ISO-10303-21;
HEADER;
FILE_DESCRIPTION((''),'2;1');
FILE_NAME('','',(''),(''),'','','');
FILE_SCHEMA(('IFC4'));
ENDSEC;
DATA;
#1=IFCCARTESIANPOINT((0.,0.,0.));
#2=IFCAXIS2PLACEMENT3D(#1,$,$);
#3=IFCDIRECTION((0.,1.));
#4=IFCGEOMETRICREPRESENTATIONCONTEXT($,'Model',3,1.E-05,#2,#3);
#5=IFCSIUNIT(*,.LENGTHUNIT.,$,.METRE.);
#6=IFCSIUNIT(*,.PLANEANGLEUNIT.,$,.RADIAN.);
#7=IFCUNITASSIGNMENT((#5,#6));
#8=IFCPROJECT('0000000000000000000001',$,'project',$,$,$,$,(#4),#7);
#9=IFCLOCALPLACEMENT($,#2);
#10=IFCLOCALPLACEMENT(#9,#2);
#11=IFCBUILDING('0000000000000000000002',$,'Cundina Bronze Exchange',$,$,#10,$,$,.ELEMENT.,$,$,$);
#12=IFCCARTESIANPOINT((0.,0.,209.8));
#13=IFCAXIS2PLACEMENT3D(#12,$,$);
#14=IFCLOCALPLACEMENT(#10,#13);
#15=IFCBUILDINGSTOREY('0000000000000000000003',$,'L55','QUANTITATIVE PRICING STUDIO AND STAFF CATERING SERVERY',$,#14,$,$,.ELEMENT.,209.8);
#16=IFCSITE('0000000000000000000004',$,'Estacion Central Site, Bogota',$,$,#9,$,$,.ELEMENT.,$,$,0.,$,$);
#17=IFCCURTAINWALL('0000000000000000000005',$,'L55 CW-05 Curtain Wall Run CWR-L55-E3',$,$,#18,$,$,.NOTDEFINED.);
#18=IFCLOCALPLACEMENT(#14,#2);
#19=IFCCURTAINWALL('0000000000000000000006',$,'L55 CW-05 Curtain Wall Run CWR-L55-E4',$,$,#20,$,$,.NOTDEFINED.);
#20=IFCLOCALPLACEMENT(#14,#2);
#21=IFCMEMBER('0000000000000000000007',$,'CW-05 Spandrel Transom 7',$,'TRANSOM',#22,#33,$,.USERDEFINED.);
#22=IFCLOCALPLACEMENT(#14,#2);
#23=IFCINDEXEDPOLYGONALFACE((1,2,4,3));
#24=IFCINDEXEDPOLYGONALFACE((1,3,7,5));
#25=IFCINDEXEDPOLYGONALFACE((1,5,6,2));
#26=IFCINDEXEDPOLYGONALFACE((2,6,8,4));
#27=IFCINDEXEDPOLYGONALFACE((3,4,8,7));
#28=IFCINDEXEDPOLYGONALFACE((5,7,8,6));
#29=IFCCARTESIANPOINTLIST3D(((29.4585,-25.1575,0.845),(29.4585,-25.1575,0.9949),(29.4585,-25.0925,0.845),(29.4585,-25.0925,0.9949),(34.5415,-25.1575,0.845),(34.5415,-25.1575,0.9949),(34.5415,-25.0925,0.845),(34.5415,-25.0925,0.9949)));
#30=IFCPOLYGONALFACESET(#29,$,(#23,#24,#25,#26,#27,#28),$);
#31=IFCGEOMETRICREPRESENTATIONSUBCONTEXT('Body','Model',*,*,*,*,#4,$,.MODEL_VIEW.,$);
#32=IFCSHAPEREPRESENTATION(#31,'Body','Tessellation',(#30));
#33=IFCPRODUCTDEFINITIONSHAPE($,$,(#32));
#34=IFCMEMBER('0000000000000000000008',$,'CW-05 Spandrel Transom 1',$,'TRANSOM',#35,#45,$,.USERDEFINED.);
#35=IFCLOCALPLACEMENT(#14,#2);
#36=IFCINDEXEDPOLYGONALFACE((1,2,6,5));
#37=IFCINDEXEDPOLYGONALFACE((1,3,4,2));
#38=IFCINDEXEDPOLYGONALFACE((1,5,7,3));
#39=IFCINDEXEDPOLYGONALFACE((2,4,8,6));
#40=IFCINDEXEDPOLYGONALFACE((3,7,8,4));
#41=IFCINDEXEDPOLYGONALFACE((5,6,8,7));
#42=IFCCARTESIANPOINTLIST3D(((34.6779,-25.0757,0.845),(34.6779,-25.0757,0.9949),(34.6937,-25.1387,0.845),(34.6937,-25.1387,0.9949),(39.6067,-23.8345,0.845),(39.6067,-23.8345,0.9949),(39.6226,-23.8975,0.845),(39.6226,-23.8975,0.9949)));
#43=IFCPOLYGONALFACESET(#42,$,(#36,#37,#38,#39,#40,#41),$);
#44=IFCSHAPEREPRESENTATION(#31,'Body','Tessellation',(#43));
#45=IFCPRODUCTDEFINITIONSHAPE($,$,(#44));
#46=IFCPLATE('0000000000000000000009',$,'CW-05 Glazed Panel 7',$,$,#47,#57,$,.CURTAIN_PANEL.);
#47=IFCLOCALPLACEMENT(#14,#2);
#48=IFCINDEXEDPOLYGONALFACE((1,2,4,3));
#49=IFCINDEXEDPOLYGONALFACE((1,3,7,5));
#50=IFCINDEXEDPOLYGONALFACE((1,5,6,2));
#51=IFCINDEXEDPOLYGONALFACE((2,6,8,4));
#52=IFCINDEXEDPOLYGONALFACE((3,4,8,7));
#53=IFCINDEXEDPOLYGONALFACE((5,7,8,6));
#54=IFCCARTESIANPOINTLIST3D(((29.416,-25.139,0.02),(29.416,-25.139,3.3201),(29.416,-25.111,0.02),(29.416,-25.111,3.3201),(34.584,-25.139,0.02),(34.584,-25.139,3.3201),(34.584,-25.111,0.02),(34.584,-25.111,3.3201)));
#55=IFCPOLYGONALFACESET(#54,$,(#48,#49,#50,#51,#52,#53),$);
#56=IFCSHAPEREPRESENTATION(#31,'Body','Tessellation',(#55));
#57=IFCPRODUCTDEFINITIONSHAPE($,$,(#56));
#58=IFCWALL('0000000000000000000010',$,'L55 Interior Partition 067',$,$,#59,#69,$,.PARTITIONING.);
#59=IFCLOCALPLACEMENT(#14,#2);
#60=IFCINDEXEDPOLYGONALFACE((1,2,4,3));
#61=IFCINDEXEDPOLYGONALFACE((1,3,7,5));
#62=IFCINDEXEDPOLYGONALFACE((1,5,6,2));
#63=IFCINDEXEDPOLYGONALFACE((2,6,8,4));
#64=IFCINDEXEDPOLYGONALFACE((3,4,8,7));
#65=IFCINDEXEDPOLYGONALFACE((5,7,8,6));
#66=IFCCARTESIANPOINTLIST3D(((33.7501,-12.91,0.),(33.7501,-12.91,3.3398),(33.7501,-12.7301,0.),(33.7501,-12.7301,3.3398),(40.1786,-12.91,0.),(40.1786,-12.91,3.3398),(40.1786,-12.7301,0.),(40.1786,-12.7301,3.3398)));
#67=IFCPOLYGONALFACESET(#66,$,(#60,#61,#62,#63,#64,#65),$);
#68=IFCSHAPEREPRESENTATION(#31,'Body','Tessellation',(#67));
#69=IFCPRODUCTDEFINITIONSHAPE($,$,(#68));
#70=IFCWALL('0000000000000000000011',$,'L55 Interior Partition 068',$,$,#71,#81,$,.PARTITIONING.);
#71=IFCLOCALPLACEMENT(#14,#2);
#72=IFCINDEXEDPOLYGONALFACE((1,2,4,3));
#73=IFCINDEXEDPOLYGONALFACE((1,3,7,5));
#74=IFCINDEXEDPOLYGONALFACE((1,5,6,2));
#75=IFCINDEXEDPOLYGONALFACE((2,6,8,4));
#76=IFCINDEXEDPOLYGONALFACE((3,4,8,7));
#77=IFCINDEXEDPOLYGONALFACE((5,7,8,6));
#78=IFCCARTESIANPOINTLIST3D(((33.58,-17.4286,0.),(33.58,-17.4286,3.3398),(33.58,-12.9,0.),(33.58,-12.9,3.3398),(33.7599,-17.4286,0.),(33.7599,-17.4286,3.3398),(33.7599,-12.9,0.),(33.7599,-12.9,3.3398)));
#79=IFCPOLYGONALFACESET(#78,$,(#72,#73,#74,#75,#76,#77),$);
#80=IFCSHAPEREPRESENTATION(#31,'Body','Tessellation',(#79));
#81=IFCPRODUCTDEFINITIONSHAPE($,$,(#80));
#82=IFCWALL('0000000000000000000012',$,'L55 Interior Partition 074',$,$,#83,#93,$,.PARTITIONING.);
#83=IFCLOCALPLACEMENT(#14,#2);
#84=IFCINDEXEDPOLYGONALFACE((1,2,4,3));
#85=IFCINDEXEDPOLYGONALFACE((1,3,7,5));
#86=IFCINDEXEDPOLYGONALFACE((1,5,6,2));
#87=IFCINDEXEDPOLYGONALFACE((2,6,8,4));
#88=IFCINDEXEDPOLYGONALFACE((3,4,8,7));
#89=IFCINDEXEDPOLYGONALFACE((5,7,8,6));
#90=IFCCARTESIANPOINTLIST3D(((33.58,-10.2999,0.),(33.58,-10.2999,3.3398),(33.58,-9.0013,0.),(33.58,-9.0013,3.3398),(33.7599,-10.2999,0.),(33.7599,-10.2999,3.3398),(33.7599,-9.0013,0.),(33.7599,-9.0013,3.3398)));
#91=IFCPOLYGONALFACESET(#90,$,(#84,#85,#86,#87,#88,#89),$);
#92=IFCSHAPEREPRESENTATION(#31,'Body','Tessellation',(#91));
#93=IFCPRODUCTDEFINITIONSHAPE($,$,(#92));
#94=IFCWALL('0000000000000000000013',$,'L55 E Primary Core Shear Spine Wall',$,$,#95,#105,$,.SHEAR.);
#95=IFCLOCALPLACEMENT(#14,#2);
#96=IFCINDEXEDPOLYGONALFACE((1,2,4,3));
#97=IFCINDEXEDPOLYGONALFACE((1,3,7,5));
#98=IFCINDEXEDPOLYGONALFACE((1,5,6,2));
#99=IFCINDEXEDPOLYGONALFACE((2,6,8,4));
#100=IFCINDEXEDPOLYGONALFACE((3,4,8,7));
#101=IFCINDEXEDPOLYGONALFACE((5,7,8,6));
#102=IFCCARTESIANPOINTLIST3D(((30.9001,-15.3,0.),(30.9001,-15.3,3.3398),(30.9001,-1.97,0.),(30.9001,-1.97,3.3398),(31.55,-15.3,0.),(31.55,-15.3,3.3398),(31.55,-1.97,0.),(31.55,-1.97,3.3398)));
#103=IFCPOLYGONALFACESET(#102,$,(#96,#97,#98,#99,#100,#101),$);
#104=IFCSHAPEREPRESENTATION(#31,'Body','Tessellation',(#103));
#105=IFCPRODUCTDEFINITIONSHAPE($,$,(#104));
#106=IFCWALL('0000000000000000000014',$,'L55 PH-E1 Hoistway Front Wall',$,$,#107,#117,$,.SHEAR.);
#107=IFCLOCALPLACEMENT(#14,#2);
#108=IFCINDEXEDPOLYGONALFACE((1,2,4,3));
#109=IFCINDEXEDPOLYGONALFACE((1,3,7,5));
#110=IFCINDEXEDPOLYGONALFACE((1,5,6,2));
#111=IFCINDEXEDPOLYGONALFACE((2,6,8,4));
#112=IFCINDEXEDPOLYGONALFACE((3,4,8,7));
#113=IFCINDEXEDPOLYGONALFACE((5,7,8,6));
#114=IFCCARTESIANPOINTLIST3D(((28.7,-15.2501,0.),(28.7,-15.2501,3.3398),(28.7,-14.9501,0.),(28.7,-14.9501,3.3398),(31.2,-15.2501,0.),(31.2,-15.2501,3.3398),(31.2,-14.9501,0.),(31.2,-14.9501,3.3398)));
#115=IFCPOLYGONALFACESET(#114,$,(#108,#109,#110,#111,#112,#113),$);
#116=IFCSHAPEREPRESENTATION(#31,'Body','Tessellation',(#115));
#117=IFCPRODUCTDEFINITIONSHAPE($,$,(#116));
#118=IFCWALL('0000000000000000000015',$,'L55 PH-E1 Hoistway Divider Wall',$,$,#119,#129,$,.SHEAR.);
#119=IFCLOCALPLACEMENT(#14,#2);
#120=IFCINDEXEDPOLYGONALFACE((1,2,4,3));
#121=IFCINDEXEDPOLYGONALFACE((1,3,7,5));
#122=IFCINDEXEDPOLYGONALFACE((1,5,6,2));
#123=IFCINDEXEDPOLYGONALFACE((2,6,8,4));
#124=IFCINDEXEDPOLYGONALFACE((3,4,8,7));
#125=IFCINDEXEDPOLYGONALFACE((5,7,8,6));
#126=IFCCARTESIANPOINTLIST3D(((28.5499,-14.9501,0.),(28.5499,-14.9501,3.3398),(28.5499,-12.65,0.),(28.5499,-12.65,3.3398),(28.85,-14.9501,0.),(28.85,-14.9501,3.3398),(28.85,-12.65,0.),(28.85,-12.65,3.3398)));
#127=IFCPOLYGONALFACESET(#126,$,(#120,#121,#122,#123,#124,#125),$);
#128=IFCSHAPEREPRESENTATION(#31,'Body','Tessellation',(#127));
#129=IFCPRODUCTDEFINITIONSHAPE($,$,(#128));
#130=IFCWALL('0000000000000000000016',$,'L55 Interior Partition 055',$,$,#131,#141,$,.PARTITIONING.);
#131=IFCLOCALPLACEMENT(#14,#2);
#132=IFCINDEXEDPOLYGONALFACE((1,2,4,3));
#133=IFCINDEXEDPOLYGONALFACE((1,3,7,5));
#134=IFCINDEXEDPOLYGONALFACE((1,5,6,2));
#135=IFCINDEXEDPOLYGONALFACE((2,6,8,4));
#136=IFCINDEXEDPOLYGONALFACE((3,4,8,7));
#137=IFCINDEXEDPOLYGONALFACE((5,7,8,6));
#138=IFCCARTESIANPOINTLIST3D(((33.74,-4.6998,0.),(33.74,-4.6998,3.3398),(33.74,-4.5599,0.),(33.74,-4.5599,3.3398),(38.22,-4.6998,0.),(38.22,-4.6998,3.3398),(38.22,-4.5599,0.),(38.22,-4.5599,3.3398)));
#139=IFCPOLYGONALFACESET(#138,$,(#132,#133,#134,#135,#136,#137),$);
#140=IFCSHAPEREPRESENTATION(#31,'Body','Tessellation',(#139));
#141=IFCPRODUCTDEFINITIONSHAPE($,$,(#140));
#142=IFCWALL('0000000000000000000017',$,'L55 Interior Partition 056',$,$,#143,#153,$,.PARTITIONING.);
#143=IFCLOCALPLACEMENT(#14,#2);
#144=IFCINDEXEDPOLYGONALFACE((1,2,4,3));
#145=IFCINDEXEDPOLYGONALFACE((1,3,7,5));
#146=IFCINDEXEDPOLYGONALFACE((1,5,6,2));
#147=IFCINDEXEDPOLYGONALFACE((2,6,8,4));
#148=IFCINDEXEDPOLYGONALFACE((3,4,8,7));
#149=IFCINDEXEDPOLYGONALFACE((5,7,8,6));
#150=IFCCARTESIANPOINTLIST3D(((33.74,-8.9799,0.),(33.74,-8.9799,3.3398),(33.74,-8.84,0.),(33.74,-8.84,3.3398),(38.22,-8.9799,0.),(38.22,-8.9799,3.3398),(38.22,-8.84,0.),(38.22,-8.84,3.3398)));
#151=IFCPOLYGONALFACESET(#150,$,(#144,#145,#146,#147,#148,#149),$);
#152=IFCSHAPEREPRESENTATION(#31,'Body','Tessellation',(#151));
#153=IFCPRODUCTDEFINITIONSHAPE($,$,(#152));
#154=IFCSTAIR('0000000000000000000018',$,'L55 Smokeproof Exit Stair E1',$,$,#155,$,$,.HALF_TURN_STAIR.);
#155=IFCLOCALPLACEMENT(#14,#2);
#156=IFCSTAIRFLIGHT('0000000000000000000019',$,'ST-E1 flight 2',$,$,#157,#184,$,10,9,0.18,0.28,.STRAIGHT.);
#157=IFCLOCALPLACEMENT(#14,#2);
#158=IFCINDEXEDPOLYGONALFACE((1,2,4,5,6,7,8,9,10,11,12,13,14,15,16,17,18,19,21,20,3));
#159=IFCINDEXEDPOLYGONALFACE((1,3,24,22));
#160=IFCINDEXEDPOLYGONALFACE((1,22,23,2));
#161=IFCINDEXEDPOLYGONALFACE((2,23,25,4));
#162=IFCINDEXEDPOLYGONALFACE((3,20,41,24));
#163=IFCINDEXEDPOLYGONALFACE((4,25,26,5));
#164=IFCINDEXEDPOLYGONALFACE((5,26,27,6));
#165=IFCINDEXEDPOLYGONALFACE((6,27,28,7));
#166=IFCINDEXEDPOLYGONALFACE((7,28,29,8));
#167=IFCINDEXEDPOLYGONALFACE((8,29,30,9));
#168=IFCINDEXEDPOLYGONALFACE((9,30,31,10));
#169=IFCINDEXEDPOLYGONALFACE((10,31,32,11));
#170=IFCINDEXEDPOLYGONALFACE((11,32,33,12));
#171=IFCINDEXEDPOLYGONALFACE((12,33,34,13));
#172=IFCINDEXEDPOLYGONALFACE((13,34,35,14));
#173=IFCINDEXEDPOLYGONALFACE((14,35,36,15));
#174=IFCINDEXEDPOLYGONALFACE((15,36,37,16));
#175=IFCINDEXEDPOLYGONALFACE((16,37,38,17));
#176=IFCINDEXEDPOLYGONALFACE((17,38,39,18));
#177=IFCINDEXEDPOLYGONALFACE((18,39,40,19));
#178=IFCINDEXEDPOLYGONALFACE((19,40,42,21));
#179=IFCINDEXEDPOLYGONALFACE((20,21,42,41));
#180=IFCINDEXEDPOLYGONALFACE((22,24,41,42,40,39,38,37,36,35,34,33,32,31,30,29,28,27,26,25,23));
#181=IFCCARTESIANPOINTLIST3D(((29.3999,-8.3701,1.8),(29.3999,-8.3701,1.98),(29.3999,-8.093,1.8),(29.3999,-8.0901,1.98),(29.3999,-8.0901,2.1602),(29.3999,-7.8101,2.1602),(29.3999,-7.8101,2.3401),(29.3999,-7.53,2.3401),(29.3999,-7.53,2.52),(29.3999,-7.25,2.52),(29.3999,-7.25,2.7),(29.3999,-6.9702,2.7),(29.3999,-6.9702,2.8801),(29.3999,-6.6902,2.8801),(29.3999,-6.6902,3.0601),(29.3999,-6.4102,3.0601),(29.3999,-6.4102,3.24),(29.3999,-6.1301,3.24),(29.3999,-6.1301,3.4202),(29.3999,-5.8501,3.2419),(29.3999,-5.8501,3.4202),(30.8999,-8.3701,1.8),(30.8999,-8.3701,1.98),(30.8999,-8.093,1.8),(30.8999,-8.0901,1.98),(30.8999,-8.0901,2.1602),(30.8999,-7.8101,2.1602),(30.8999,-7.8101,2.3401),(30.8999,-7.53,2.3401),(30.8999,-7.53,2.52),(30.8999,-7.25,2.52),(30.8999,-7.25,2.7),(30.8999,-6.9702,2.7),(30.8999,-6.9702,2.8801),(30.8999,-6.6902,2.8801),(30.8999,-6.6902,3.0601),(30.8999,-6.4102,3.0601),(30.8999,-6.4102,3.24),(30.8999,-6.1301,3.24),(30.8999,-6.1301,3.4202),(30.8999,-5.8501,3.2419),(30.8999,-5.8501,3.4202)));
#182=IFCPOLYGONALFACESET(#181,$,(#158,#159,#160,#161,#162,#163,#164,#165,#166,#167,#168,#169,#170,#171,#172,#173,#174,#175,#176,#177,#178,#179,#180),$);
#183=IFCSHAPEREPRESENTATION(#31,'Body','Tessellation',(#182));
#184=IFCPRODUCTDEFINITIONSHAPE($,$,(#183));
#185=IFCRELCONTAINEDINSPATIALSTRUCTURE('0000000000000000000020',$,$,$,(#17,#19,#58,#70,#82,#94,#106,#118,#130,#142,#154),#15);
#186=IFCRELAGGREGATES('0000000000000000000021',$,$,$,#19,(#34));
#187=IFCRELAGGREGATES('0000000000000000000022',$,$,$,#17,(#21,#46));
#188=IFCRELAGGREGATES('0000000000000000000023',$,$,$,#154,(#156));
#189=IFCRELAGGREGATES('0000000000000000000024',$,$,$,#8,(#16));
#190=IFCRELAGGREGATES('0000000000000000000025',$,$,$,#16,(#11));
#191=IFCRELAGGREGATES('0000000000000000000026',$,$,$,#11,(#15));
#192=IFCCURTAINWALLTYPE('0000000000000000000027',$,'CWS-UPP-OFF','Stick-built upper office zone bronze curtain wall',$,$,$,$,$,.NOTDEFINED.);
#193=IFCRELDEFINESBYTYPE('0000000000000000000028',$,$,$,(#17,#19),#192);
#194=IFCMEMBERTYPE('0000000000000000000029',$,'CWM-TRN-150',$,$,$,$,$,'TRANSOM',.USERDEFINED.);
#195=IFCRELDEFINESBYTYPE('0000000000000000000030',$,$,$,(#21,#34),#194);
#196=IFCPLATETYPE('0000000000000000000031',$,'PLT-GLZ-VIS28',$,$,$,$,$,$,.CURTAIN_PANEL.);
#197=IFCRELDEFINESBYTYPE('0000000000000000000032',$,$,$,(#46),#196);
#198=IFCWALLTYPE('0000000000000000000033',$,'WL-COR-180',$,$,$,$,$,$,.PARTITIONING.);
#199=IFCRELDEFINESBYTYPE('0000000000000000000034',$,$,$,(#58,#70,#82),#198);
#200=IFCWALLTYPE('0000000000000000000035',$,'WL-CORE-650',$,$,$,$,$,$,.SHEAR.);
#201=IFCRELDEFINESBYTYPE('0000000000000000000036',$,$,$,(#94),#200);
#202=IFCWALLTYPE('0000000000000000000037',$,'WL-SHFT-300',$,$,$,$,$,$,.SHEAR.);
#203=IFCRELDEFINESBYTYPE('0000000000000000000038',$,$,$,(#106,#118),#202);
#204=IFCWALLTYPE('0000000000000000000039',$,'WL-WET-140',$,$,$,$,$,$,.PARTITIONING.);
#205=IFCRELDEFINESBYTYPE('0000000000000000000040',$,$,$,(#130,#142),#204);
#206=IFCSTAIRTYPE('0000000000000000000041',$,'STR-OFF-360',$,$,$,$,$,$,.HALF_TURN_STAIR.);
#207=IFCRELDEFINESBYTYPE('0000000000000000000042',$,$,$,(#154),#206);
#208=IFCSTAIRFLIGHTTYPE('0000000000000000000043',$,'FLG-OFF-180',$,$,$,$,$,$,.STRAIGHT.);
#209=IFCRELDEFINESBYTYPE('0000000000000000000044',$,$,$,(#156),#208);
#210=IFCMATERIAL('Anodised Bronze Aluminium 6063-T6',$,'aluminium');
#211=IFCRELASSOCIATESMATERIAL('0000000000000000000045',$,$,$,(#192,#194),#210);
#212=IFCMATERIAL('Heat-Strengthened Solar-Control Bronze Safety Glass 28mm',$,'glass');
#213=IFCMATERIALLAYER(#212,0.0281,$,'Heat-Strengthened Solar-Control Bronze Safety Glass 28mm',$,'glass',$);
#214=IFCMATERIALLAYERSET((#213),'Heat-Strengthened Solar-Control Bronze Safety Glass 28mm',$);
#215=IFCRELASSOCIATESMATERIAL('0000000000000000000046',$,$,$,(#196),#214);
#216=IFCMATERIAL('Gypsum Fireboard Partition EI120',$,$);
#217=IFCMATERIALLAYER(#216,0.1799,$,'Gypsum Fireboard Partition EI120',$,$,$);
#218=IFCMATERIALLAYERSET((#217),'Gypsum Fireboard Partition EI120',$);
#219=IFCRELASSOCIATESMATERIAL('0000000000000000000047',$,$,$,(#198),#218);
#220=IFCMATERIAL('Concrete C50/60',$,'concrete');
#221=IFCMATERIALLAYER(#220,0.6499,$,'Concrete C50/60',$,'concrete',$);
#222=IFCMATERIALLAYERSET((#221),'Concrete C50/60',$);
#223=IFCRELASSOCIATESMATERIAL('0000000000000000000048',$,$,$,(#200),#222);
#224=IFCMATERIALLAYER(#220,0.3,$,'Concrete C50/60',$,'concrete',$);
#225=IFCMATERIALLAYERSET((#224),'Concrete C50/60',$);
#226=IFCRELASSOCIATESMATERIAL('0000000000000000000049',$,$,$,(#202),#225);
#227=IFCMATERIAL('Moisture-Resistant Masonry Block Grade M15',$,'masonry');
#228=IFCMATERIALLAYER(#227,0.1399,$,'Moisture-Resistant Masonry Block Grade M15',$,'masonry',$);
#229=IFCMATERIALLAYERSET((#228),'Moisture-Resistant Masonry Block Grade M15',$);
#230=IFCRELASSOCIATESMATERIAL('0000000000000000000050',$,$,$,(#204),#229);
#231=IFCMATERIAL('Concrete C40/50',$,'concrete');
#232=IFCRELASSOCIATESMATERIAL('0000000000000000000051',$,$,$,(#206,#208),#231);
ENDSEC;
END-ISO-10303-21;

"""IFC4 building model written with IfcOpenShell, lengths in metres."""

from ifc_helpers import new_model, si_unit, direction, frame, frame_2d, origin, origin_2d, place, context, subcontext, project, spatial, polyline, rectangle, outline, extrude, material, layer, layer_set, material_profile, profile_set, type_object, element, aggregate, save


model = new_model("IFC4")

# Units and contexts
model_context = context("Model", 3, precision=1e-05, world=origin(), true_north=direction((0.0, 1.0)))
body_context = subcontext(model_context, "Body", "Model", "MODEL_VIEW")
ifc_project = project(units=[si_unit("LENGTHUNIT", "METRE"), si_unit("PLANEANGLEUNIT", "RADIAN")], contexts=[model_context])

# Site, building, storey
site_placement = place(None, origin())
site = spatial("IfcSite", under=ifc_project, at=site_placement, Name="Estacion Central Site, Bogota", CompositionType="ELEMENT", RefElevation=0.0)
building_placement = place(site_placement, origin())
building = spatial("IfcBuilding", under=site, at=building_placement, Name="Cundina Bronze Exchange", CompositionType="ELEMENT")
storey_placement = place(building_placement, frame((0.0, 0.0, 209.8)))
storey = spatial("IfcBuildingStorey", under=building, at=storey_placement, Name="L55", Description="QUANTITATIVE PRICING STUDIO AND STAFF CATERING SERVERY", CompositionType="ELEMENT", Elevation=209.8)

# Shared definitions
ifc_material_1 = material(Name="Concrete C50/60", Category="concrete")

# Curtain wall
ifc_material_2 = material(Name="Anodised Bronze Aluminium 6063-T6", Category="aluminium")
curtain_wall_type = type_object("IfcCurtainWallType", Name="CWS-UPP-OFF", Description="Stick-built upper office zone bronze curtain wall", PredefinedType="NOTDEFINED", material=ifc_material_2)
curtain_wall_1_placement = place(storey_placement, origin())
curtain_wall_1 = element("IfcCurtainWall", 1, at=curtain_wall_1_placement, inside=storey, type_object=curtain_wall_type, Name="L55 CW-05 Curtain Wall Run CWR-L55-E3", PredefinedType="NOTDEFINED")

# Curtain wall
curtain_wall_2_placement = place(storey_placement, origin())
curtain_wall_2 = element("IfcCurtainWall", 2, at=curtain_wall_2_placement, inside=storey, type_object=curtain_wall_type, Name="L55 CW-05 Curtain Wall Run CWR-L55-E4", PredefinedType="NOTDEFINED")

# Members
ifc_material_profile_1 = material_profile(ifc_material_2, rectangle(XDim=0.0649, YDim=0.1499, at=origin_2d()), Name="AL65X150", Category="aluminium")
ifc_profile_set_1 = profile_set([ifc_material_profile_1], Name="Anodised Bronze Aluminium 6063-T6")
member_type_1 = type_object("IfcMemberType", Name="CWM-TRN-150", ElementType="TRANSOM", PredefinedType="USERDEFINED", material=ifc_profile_set_1)
member_1_placement = place(storey_placement, frame((29.4585, -25.125, 0.9199), z_axis=(1.0, 0.0, 0.0), x_axis=(0.0, 1.0, 0.0)))
member_1 = element("IfcMember", 3, at=member_1_placement, type_object=member_type_1, Name="CW-05 Spandrel Transom 7", ObjectType="TRANSOM", PredefinedType="USERDEFINED", context=body_context, shape_type="SweptSolid", body=[
    extrude(rectangle(XDim=0.0649, YDim=0.1499, at=origin_2d()), origin(), (0.0, 0.0, 1.0), 5.083),
])
member_2_placement = place(storey_placement, frame((34.6858, -25.1072, 0.9199), z_axis=(0.969726, 0.244197, 0.0), x_axis=(-0.244197, 0.969726, 0.0)))
member_2 = element("IfcMember", 4, at=member_2_placement, type_object=member_type_1, Name="CW-05 Spandrel Transom 1", ObjectType="TRANSOM", PredefinedType="USERDEFINED", context=body_context, shape_type="SweptSolid", body=[
    extrude(rectangle(XDim=0.0649, YDim=0.1499, at=origin_2d()), origin(), (0.0, 0.0, 1.0), 5.0828),
])
aggregate(curtain_wall_2, [member_2])

# Plate
ifc_material_3 = material(Name="Heat-Strengthened Solar-Control Bronze Safety Glass 28mm", Category="glass")
ifc_layer_1 = layer(ifc_material_3, 0.0281, Name="Heat-Strengthened Solar-Control Bronze Safety Glass 28mm", Category="glass")
ifc_layer_set_1 = layer_set([ifc_layer_1], Name="Heat-Strengthened Solar-Control Bronze Safety Glass 28mm")
plate_type = type_object("IfcPlateType", Name="PLT-GLZ-VIS28", PredefinedType="CURTAIN_PANEL", material=ifc_layer_set_1)
plate_placement = place(storey_placement, frame((32.0, -25.125, 0.02), z_axis=(0.0, 0.0, 1.0), x_axis=(1.0, 0.0, 0.0)))
plate = element("IfcPlate", 5, at=plate_placement, type_object=plate_type, Name="CW-05 Glazed Panel 7", PredefinedType="CURTAIN_PANEL", context=body_context, shape_type="SweptSolid", body=[
    extrude(rectangle(XDim=5.168, YDim=0.0281, at=origin_2d()), origin(), (0.0, 0.0, 1.0), 3.3),
])
aggregate(curtain_wall_1, [member_1, plate])

# Shared definitions
ifc_material_4 = material(Name="Gypsum Fireboard Partition EI120")
ifc_layer_2 = layer(ifc_material_4, 0.1799, Name="Gypsum Fireboard Partition EI120")
ifc_layer_set_2 = layer_set([ifc_layer_2], Name="Gypsum Fireboard Partition EI120")
wall_type_1 = type_object("IfcWallType", Name="WL-COR-180", PredefinedType="PARTITIONING", material=ifc_layer_set_2)

# Walls
wall_1_placement = place(storey_placement, frame((33.75, -12.8201, 0.0), z_axis=(0.0, 0.0, 1.0), x_axis=(1.0, 0.0, 0.0)))
element("IfcWall", 6, at=wall_1_placement, inside=storey, type_object=wall_type_1, Name="L55 Interior Partition 067", PredefinedType="PARTITIONING", context=body_context, shape_type="SweptSolid", body=[
    extrude(rectangle(XDim=6.4285, YDim=0.1799, at=frame_2d((3.2144, 0.0))), origin(), (0.0, 0.0, 1.0), 3.3398),
])
wall_2_placement = place(storey_placement, frame((33.6699, -17.4285, 0.0), z_axis=(0.0, 0.0, 1.0), x_axis=(0.0, 1.0, 0.0)))
element("IfcWall", 7, at=wall_2_placement, inside=storey, type_object=wall_type_1, Name="L55 Interior Partition 068", PredefinedType="PARTITIONING", context=body_context, shape_type="SweptSolid", body=[
    extrude(rectangle(XDim=4.5286, YDim=0.1799, at=frame_2d((2.2642, 0.0))), origin(), (0.0, 0.0, 1.0), 3.3398),
])
wall_3_placement = place(storey_placement, frame((33.6699, -10.3, 0.0), z_axis=(0.0, 0.0, 1.0), x_axis=(0.0, 1.0, 0.0)))
element("IfcWall", 8, at=wall_3_placement, inside=storey, type_object=wall_type_1, Name="L55 Interior Partition 074", PredefinedType="PARTITIONING", context=body_context, shape_type="SweptSolid", body=[
    extrude(rectangle(XDim=1.2986, YDim=0.1799, at=frame_2d((0.6494, 0.0))), origin(), (0.0, 0.0, 1.0), 3.3398),
])
ifc_layer_3 = layer(ifc_material_1, 0.6499, Name="Concrete C50/60", Category="concrete")
ifc_layer_set_3 = layer_set([ifc_layer_3], Name="Concrete C50/60")
wall_type_2 = type_object("IfcWallType", Name="WL-CORE-650", PredefinedType="SHEAR", material=ifc_layer_set_3)
wall_4_placement = place(storey_placement, frame((31.2251, -15.3, 0.0), z_axis=(0.0, 0.0, 1.0), x_axis=(0.0, 1.0, 0.0)))
element("IfcWall", 9, at=wall_4_placement, inside=storey, type_object=wall_type_2, Name="L55 E Primary Core Shear Spine Wall", PredefinedType="SHEAR", context=body_context, shape_type="SweptSolid", body=[
    extrude(rectangle(XDim=13.3301, YDim=0.6499, at=frame_2d((6.665, 0.0))), origin(), (0.0, 0.0, 1.0), 3.3398),
])
ifc_layer_4 = layer(ifc_material_1, 0.3, Name="Concrete C50/60", Category="concrete")
ifc_layer_set_4 = layer_set([ifc_layer_4], Name="Concrete C50/60")
wall_type_3 = type_object("IfcWallType", Name="WL-SHFT-300", PredefinedType="SHEAR", material=ifc_layer_set_4)
wall_5_placement = place(storey_placement, frame((28.7, -15.1001, 0.0), z_axis=(0.0, 0.0, 1.0), x_axis=(1.0, 0.0, 0.0)))
element("IfcWall", 10, at=wall_5_placement, inside=storey, type_object=wall_type_3, Name="L55 PH-E1 Hoistway Front Wall", PredefinedType="SHEAR", context=body_context, shape_type="SweptSolid", body=[
    extrude(rectangle(XDim=2.5, YDim=0.3, at=frame_2d((1.25, 0.0))), origin(), (0.0, 0.0, 1.0), 3.3398),
])
wall_6_placement = place(storey_placement, frame((28.7, -14.95, 0.0), z_axis=(0.0, 0.0, 1.0), x_axis=(0.0, 1.0, 0.0)))
element("IfcWall", 11, at=wall_6_placement, inside=storey, type_object=wall_type_3, Name="L55 PH-E1 Hoistway Divider Wall", PredefinedType="SHEAR", context=body_context, shape_type="SweptSolid", body=[
    extrude(rectangle(XDim=2.3, YDim=0.3, at=frame_2d((1.1499, 0.0))), origin(), (0.0, 0.0, 1.0), 3.3398),
])
ifc_material_5 = material(Name="Moisture-Resistant Masonry Block Grade M15", Category="masonry")
ifc_layer_5 = layer(ifc_material_5, 0.1399, Name="Moisture-Resistant Masonry Block Grade M15", Category="masonry")
ifc_layer_set_5 = layer_set([ifc_layer_5], Name="Moisture-Resistant Masonry Block Grade M15")
wall_type_4 = type_object("IfcWallType", Name="WL-WET-140", PredefinedType="PARTITIONING", material=ifc_layer_set_5)
for number, where, z_axis, x_axis, name in (
    (12, (33.74, -4.6299, 0.0), (0.0, 0.0, 1.0), (1.0, 0.0, 0.0), "L55 Interior Partition 055"),
    (13, (33.74, -8.9099, 0.0), (0.0, 0.0, 1.0), (1.0, 0.0, 0.0), "L55 Interior Partition 056"),
):
    element("IfcWall", number, at=place(storey_placement, frame(where, z_axis=z_axis, x_axis=x_axis)), inside=storey, type_object=wall_type_4, Name=name, PredefinedType="PARTITIONING", context=body_context, shape_type="SweptSolid", body=[
        extrude(rectangle(XDim=4.48, YDim=0.1399, at=frame_2d((2.24, 0.0))), origin(), (0.0, 0.0, 1.0), 3.3398),
    ])

# Stair, stair flight
ifc_material_6 = material(Name="Concrete C40/50", Category="concrete")
stair_type = type_object("IfcStairType", Name="STR-OFF-360", PredefinedType="HALF_TURN_STAIR", material=ifc_material_6)
stair_placement = place(storey_placement, origin())
stair = element("IfcStair", 14, at=stair_placement, inside=storey, type_object=stair_type, Name="L55 Smokeproof Exit Stair E1", PredefinedType="HALF_TURN_STAIR")
stair_flight_type = type_object("IfcStairFlightType", Name="FLG-OFF-180", PredefinedType="STRAIGHT", material=ifc_material_6)
stair_flight_placement = place(storey_placement, frame((30.1499, -8.3701, 1.8), z_axis=(0.0, 0.0, 1.0), x_axis=(0.0, 1.0, 0.0)))
stair_flight = element("IfcStairFlight", 15, at=stair_flight_placement, type_object=stair_flight_type, Name="ST-E1 flight 2", NumberOfRisers=10, NumberOfTreads=9, PredefinedType="STRAIGHT", RiserHeight=0.18, TreadLength=0.28, context=body_context, shape_type="SweptSolid", body=[
    extrude(outline(polyline([(0.0, 0.0), (0.0, 0.1799), (0.28, 0.1799), (0.28, 0.3601), (0.5601, 0.3601), (0.5601, 0.54), (0.8401, 0.54), (0.8401, 0.72), (1.1201, 0.72), (1.1201, 0.8999), (1.3999, 0.8999), (1.3999, 1.0801), (1.6799, 1.0801), (1.6799, 1.26), (1.96, 1.26), (1.96, 1.4399), (2.24, 1.4399), (2.24, 1.6201), (2.52, 1.6201), (2.52, 1.8), (2.52, 1.4419), (0.2771, 0.0), (0.0, 0.0)])), frame((0.0, 0.75, 0.0), z_axis=(0.0, -1.0, 0.0), x_axis=(1.0, 0.0, 0.0)), (0.0, 0.0, 1.0), 1.5),
])
aggregate(stair, [stair_flight])

save(model, "model.ifc")
